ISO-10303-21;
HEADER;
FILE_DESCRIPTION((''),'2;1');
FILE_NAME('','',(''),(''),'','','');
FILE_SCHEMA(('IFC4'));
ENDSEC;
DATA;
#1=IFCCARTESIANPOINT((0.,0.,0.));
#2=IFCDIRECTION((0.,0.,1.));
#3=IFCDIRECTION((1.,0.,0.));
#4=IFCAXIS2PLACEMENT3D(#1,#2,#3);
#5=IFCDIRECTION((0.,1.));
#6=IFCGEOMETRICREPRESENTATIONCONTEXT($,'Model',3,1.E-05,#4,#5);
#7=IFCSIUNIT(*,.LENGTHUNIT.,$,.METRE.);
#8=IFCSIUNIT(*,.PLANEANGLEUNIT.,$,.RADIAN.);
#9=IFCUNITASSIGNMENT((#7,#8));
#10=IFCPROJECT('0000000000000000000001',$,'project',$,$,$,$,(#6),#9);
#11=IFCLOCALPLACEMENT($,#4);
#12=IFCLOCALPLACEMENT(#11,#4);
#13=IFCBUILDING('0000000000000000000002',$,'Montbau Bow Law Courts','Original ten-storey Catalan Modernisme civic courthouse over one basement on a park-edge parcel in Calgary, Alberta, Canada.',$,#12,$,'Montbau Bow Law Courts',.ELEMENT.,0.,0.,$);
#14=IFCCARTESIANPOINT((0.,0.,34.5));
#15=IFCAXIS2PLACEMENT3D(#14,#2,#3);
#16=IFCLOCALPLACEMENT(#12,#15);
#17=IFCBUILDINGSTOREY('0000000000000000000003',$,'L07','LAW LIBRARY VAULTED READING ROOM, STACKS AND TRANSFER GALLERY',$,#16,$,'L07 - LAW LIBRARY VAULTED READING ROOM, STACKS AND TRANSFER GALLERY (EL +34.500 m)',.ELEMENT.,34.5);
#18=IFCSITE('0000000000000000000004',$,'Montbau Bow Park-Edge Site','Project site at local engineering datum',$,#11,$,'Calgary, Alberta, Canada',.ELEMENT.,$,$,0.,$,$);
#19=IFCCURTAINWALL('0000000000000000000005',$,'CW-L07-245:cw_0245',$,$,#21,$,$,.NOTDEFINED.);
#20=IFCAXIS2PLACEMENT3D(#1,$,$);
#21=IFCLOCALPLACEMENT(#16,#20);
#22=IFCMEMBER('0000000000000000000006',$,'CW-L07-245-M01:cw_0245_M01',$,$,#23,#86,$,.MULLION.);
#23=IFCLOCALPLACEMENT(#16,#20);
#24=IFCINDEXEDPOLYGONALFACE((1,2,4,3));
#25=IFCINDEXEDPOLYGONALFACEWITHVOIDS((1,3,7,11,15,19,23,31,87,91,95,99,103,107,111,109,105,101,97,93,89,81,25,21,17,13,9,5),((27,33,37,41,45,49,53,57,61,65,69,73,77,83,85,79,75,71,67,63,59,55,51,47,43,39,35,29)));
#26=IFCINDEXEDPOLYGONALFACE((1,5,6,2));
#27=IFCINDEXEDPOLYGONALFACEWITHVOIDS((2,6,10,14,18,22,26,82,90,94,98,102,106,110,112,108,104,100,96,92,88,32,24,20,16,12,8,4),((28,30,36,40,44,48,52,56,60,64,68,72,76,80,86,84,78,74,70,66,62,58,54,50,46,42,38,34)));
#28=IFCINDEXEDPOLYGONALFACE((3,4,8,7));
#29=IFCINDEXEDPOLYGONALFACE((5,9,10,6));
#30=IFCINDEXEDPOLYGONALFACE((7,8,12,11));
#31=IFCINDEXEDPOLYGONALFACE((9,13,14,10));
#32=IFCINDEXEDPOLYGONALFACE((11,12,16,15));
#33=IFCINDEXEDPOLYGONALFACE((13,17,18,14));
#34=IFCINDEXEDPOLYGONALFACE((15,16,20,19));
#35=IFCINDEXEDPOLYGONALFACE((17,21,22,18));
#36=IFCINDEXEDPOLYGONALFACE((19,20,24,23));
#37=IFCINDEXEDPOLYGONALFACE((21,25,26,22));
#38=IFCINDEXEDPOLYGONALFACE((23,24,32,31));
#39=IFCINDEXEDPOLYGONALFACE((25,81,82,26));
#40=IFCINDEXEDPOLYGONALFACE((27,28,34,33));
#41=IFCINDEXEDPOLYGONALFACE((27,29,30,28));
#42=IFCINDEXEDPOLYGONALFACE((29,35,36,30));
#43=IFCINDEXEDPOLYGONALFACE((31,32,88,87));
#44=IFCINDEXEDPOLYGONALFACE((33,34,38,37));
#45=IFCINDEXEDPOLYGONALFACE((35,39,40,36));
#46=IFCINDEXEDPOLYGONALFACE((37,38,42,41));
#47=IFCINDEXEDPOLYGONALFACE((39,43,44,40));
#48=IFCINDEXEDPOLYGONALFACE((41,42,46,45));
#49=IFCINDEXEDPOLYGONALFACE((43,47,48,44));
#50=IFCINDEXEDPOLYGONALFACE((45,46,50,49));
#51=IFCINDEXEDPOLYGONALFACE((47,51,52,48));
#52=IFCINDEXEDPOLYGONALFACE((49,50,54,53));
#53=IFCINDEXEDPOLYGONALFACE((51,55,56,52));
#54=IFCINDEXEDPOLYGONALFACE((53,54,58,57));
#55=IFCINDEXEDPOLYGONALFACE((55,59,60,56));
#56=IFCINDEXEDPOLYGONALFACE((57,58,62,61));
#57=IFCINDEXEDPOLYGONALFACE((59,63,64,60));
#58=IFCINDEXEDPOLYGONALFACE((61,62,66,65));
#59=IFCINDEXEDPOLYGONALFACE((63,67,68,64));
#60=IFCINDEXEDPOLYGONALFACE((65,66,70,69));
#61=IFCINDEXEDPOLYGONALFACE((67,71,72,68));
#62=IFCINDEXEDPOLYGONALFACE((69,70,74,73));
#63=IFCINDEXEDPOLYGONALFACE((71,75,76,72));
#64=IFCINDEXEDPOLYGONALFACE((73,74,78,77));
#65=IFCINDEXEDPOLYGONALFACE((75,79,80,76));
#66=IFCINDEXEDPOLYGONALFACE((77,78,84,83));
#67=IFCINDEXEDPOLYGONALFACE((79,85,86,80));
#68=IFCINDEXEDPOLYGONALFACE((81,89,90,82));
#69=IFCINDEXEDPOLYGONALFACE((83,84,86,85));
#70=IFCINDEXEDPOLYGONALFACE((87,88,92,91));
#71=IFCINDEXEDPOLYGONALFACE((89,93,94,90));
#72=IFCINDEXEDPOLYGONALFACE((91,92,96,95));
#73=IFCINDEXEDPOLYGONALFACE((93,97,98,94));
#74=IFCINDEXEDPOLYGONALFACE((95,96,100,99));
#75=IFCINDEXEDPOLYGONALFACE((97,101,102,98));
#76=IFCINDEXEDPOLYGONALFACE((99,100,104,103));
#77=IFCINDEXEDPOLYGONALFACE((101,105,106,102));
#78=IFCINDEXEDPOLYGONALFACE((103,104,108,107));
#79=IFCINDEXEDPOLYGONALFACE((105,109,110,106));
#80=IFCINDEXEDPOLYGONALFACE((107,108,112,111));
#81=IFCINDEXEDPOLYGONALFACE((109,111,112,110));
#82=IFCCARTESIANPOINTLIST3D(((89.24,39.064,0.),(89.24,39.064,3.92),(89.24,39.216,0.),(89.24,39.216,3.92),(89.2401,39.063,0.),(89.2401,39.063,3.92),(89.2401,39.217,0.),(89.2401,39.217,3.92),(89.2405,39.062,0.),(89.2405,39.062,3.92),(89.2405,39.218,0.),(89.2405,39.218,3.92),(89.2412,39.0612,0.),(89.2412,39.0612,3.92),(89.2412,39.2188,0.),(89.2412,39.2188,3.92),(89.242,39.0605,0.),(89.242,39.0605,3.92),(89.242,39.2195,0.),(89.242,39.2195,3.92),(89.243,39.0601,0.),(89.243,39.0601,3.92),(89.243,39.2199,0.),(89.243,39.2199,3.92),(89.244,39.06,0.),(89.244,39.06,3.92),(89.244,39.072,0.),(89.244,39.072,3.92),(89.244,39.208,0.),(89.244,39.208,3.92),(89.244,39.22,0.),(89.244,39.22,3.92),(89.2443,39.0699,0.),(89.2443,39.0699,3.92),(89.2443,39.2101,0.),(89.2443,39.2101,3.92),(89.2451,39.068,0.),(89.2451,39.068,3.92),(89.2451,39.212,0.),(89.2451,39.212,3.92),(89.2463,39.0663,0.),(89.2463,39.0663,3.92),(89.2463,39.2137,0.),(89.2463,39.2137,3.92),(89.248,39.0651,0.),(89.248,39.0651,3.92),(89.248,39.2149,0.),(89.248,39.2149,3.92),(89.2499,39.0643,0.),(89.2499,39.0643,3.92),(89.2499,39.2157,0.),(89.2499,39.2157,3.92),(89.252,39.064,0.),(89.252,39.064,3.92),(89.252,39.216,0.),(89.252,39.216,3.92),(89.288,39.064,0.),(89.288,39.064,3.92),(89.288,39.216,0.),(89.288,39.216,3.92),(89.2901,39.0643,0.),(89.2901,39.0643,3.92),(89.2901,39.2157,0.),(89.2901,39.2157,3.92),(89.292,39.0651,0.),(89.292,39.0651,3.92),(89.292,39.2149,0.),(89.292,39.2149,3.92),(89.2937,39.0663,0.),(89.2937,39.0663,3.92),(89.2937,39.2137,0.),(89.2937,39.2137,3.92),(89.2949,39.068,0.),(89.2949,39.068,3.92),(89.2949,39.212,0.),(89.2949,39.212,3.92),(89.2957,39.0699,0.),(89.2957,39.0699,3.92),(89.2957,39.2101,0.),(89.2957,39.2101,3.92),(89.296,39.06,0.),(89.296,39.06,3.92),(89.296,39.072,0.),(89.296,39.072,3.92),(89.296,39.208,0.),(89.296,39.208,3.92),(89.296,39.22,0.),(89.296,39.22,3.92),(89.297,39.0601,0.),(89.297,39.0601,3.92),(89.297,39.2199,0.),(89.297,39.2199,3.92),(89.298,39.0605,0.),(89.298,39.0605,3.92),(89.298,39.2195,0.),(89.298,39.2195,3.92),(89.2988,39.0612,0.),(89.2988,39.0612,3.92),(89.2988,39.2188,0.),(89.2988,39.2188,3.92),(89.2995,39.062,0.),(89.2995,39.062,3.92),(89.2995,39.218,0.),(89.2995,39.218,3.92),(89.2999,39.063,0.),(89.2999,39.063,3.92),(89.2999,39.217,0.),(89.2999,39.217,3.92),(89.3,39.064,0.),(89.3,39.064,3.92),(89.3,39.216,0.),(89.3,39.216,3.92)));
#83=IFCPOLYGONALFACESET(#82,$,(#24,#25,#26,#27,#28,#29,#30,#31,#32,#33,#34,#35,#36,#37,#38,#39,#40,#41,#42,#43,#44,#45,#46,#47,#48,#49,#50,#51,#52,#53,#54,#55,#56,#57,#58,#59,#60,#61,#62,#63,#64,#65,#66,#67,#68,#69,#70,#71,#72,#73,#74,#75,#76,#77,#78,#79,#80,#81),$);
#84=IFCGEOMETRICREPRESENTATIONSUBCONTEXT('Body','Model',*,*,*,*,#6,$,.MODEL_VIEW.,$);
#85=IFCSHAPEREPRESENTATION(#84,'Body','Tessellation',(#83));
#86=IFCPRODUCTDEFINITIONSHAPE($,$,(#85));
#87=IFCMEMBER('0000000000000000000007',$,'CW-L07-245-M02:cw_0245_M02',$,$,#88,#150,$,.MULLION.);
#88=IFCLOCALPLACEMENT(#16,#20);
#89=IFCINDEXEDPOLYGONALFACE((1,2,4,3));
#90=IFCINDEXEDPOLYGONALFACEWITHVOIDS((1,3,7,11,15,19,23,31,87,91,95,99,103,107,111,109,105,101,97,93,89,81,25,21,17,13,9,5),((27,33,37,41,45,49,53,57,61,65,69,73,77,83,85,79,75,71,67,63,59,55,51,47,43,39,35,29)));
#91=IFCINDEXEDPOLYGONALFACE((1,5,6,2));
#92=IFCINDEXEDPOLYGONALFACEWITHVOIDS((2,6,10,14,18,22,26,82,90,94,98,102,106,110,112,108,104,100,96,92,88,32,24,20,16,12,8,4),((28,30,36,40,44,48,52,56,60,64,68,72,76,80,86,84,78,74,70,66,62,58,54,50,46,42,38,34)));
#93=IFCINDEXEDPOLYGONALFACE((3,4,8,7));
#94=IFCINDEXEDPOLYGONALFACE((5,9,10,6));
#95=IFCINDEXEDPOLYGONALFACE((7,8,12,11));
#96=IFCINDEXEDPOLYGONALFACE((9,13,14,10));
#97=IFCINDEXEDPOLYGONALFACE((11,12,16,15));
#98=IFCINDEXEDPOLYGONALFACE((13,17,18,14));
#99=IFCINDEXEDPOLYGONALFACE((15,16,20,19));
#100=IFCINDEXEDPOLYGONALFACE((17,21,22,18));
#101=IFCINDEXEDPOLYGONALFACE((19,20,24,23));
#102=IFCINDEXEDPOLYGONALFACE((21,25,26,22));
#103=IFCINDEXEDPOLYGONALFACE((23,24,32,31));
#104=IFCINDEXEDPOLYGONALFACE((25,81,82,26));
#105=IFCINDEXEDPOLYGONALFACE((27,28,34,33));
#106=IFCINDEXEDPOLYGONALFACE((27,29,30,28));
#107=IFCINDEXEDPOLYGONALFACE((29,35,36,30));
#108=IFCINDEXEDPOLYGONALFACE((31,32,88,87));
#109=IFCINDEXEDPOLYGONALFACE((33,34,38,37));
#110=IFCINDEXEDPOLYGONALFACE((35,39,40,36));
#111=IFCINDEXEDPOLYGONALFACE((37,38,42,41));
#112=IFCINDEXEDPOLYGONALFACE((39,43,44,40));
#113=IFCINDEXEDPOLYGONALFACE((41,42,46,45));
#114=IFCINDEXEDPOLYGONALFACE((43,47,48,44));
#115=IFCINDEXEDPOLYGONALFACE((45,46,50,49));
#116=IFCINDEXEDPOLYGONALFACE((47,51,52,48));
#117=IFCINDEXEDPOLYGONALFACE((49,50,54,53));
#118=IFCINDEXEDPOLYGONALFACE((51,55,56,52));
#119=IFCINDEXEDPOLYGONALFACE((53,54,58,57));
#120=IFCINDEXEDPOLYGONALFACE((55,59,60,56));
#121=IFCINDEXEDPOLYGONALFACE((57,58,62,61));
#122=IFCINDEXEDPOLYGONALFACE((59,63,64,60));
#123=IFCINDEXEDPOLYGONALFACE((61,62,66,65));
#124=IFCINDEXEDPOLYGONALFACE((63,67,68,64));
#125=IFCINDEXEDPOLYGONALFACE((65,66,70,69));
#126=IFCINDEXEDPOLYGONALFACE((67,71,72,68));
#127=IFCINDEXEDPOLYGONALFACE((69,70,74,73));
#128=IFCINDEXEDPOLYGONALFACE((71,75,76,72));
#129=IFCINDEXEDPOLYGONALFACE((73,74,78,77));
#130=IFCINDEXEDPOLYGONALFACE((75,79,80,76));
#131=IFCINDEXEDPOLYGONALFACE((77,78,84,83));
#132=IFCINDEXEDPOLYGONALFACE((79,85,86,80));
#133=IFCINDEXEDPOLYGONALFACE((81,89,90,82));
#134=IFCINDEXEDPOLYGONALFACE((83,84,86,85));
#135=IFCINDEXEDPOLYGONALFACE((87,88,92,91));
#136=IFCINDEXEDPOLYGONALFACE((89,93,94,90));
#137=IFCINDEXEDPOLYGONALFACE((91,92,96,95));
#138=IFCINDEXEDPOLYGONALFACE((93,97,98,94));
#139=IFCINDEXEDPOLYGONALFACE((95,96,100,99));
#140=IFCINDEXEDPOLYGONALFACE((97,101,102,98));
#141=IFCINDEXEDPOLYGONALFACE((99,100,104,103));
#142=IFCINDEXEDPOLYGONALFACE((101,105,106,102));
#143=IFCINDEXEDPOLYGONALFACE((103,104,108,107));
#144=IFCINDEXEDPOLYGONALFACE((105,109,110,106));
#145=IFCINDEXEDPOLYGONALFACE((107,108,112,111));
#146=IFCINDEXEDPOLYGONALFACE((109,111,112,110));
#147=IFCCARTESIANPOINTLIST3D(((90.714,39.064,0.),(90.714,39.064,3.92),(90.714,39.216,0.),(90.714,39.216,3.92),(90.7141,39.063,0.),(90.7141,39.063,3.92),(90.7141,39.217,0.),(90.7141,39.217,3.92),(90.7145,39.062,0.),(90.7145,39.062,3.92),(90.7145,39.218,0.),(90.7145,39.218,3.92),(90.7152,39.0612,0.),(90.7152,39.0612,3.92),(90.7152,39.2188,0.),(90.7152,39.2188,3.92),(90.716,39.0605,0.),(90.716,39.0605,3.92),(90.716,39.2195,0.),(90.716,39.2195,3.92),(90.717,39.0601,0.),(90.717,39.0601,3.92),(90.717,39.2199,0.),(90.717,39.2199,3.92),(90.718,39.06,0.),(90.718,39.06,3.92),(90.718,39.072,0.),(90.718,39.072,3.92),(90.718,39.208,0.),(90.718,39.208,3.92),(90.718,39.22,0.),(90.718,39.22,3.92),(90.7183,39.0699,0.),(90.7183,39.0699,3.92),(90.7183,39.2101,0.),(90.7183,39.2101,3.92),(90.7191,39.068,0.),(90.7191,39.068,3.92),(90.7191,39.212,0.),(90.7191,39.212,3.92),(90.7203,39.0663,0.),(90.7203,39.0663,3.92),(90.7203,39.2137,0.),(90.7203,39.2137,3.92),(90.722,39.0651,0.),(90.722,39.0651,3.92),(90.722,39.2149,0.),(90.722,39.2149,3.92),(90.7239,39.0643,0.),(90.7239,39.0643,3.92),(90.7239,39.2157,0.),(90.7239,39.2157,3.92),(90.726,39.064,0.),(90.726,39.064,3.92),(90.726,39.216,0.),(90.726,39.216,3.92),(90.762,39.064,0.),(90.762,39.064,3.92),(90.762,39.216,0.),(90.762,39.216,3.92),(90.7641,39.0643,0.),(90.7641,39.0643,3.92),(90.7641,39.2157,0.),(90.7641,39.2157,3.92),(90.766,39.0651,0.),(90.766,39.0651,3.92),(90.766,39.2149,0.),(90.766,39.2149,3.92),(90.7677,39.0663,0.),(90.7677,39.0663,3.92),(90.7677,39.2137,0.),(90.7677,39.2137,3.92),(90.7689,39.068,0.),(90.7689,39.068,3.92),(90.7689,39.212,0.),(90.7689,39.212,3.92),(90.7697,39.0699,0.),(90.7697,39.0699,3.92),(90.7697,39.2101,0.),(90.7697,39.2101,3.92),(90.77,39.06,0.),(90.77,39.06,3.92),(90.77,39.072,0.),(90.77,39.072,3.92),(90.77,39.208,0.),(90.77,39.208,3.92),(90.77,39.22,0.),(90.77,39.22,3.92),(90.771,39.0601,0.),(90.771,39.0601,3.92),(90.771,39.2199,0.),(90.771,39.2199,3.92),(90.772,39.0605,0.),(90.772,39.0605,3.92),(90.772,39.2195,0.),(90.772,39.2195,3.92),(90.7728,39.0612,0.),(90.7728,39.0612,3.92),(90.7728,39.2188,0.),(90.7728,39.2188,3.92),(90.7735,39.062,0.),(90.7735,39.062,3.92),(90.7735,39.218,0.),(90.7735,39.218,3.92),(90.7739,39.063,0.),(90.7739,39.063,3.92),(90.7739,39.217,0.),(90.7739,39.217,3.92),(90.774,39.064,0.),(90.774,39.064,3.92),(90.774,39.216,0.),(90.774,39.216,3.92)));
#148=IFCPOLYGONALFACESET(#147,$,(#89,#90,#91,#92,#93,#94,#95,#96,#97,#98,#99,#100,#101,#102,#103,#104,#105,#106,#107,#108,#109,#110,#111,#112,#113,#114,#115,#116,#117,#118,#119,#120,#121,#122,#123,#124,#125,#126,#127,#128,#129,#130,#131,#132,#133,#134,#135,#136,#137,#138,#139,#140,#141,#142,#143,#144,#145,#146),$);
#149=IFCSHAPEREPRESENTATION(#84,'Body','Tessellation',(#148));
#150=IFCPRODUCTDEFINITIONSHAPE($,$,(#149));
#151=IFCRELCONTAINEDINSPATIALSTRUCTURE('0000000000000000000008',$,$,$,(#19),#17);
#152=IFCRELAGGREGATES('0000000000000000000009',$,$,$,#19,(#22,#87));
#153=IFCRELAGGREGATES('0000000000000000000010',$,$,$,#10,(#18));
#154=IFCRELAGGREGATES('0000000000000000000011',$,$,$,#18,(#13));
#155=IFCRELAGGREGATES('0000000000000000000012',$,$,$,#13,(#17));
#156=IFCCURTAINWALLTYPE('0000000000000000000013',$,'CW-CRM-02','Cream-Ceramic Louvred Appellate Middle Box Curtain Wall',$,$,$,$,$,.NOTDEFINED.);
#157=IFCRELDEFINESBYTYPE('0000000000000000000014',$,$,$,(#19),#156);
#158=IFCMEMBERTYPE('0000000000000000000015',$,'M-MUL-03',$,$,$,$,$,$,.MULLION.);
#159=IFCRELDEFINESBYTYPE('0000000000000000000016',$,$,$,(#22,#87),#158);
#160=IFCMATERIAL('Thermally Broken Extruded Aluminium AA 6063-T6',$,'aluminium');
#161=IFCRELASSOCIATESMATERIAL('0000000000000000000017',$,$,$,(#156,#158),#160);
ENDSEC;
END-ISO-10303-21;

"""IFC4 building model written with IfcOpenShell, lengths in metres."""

from ifc_helpers import new_model, si_unit, direction, frame, origin_with_axes, origin_2d_with_axis, place, context, subcontext, project, spatial, hollow_rectangle, extrude, material, material_profile, profile_set, type_object, element, aggregate, save


model = new_model("IFC4")

# Units and contexts
model_context = context("Model", 3, precision=1e-05, world=origin_with_axes(), true_north=direction((0.0, 1.0)))
body_context = subcontext(model_context, "Body", "Model", "MODEL_VIEW")
ifc_project = project(units=[si_unit("LENGTHUNIT", "METRE"), si_unit("PLANEANGLEUNIT", "RADIAN")], contexts=[model_context])

# Site, building, storey
site_placement = place(None, origin_with_axes())
site = spatial("IfcSite", under=ifc_project, at=site_placement, Name="Montbau Bow Park-Edge Site", Description="Project site at local engineering datum", LongName="Calgary, Alberta, Canada", CompositionType="ELEMENT", RefElevation=0.0)
building_placement = place(site_placement, origin_with_axes())
building = spatial("IfcBuilding", under=site, at=building_placement, Name="Montbau Bow Law Courts", Description="Original ten-storey Catalan Modernisme civic courthouse over one basement on a park-edge parcel in Calgary, Alberta, Canada.", LongName="Montbau Bow Law Courts", CompositionType="ELEMENT", ElevationOfRefHeight=0.0, ElevationOfTerrain=0.0)
storey_placement = place(building_placement, frame((0.0, 0.0, 34.5), z_axis=(0.0, 0.0, 1.0), x_axis=(1.0, 0.0, 0.0)))
storey = spatial("IfcBuildingStorey", under=building, at=storey_placement, Name="L07", Description="LAW LIBRARY VAULTED READING ROOM, STACKS AND TRANSFER GALLERY", LongName="L07 - LAW LIBRARY VAULTED READING ROOM, STACKS AND TRANSFER GALLERY (EL +34.500 m)", CompositionType="ELEMENT", Elevation=34.5)

# Shared definitions
ifc_material_1 = material(Name="Thermally Broken Extruded Aluminium AA 6063-T6", Category="aluminium")
curtain_wall_type = type_object("IfcCurtainWallType", Name="CW-CRM-02", Description="Cream-Ceramic Louvred Appellate Middle Box Curtain Wall", PredefinedType="NOTDEFINED", material=ifc_material_1)

# Curtain wall, members
curtain_wall_1_placement = place(None, frame((89.24, 39.14, 34.5), z_axis=(0.0, 0.0, 1.0), x_axis=(1.0, 0.0, 0.0)))
curtain_wall_1 = element("IfcCurtainWall", 1, at=curtain_wall_1_placement, inside=storey, type_object=curtain_wall_type, Name="CW-L07-245:cw_0245", PredefinedType="NOTDEFINED")
ifc_material_profile_1 = material_profile(ifc_material_1, hollow_rectangle(XDim=0.06, YDim=0.16, WallThickness=0.004, InnerFilletRadius=0.008, OuterFilletRadius=0.004, at=origin_2d_with_axis()), Name="CWM-160X60", Category="Main", Priority=0)
ifc_profile_set_1 = profile_set([ifc_material_profile_1], Name="Thermally Broken Extruded Aluminium AA 6063-T6")
member_type_1 = type_object("IfcMemberType", Name="M-MUL-03", PredefinedType="MULLION", material=ifc_profile_set_1)
member_1_placement = place(None, frame((89.27, 39.14, 34.5), z_axis=(0.0, 0.0, 1.0), x_axis=(1.0, 0.0, 0.0)))
member_1 = element("IfcMember", 2, at=member_1_placement, type_object=member_type_1, Name="CW-L07-245-M01:cw_0245_M01", PredefinedType="MULLION", context=body_context, shape_type="SweptSolid", body=[
    extrude(hollow_rectangle(XDim=0.06, YDim=0.16, WallThickness=0.004, InnerFilletRadius=0.008, OuterFilletRadius=0.004, at=origin_2d_with_axis()), origin_with_axes(), (0.0, 0.0, 1.0), 3.92),
])
member_2_placement = place(None, frame((90.744, 39.14, 34.5), z_axis=(0.0, 0.0, 1.0), x_axis=(1.0, 0.0, 0.0)))
member_2 = element("IfcMember", 3, at=member_2_placement, type_object=member_type_1, Name="CW-L07-245-M02:cw_0245_M02", PredefinedType="MULLION", context=body_context, shape_type="SweptSolid", body=[
    extrude(hollow_rectangle(XDim=0.06, YDim=0.16, WallThickness=0.004, InnerFilletRadius=0.008, OuterFilletRadius=0.004, at=origin_2d_with_axis()), origin_with_axes(), (0.0, 0.0, 1.0), 3.92),
])
aggregate(curtain_wall_1, [member_1, member_2])

save(model, "model.ifc")
